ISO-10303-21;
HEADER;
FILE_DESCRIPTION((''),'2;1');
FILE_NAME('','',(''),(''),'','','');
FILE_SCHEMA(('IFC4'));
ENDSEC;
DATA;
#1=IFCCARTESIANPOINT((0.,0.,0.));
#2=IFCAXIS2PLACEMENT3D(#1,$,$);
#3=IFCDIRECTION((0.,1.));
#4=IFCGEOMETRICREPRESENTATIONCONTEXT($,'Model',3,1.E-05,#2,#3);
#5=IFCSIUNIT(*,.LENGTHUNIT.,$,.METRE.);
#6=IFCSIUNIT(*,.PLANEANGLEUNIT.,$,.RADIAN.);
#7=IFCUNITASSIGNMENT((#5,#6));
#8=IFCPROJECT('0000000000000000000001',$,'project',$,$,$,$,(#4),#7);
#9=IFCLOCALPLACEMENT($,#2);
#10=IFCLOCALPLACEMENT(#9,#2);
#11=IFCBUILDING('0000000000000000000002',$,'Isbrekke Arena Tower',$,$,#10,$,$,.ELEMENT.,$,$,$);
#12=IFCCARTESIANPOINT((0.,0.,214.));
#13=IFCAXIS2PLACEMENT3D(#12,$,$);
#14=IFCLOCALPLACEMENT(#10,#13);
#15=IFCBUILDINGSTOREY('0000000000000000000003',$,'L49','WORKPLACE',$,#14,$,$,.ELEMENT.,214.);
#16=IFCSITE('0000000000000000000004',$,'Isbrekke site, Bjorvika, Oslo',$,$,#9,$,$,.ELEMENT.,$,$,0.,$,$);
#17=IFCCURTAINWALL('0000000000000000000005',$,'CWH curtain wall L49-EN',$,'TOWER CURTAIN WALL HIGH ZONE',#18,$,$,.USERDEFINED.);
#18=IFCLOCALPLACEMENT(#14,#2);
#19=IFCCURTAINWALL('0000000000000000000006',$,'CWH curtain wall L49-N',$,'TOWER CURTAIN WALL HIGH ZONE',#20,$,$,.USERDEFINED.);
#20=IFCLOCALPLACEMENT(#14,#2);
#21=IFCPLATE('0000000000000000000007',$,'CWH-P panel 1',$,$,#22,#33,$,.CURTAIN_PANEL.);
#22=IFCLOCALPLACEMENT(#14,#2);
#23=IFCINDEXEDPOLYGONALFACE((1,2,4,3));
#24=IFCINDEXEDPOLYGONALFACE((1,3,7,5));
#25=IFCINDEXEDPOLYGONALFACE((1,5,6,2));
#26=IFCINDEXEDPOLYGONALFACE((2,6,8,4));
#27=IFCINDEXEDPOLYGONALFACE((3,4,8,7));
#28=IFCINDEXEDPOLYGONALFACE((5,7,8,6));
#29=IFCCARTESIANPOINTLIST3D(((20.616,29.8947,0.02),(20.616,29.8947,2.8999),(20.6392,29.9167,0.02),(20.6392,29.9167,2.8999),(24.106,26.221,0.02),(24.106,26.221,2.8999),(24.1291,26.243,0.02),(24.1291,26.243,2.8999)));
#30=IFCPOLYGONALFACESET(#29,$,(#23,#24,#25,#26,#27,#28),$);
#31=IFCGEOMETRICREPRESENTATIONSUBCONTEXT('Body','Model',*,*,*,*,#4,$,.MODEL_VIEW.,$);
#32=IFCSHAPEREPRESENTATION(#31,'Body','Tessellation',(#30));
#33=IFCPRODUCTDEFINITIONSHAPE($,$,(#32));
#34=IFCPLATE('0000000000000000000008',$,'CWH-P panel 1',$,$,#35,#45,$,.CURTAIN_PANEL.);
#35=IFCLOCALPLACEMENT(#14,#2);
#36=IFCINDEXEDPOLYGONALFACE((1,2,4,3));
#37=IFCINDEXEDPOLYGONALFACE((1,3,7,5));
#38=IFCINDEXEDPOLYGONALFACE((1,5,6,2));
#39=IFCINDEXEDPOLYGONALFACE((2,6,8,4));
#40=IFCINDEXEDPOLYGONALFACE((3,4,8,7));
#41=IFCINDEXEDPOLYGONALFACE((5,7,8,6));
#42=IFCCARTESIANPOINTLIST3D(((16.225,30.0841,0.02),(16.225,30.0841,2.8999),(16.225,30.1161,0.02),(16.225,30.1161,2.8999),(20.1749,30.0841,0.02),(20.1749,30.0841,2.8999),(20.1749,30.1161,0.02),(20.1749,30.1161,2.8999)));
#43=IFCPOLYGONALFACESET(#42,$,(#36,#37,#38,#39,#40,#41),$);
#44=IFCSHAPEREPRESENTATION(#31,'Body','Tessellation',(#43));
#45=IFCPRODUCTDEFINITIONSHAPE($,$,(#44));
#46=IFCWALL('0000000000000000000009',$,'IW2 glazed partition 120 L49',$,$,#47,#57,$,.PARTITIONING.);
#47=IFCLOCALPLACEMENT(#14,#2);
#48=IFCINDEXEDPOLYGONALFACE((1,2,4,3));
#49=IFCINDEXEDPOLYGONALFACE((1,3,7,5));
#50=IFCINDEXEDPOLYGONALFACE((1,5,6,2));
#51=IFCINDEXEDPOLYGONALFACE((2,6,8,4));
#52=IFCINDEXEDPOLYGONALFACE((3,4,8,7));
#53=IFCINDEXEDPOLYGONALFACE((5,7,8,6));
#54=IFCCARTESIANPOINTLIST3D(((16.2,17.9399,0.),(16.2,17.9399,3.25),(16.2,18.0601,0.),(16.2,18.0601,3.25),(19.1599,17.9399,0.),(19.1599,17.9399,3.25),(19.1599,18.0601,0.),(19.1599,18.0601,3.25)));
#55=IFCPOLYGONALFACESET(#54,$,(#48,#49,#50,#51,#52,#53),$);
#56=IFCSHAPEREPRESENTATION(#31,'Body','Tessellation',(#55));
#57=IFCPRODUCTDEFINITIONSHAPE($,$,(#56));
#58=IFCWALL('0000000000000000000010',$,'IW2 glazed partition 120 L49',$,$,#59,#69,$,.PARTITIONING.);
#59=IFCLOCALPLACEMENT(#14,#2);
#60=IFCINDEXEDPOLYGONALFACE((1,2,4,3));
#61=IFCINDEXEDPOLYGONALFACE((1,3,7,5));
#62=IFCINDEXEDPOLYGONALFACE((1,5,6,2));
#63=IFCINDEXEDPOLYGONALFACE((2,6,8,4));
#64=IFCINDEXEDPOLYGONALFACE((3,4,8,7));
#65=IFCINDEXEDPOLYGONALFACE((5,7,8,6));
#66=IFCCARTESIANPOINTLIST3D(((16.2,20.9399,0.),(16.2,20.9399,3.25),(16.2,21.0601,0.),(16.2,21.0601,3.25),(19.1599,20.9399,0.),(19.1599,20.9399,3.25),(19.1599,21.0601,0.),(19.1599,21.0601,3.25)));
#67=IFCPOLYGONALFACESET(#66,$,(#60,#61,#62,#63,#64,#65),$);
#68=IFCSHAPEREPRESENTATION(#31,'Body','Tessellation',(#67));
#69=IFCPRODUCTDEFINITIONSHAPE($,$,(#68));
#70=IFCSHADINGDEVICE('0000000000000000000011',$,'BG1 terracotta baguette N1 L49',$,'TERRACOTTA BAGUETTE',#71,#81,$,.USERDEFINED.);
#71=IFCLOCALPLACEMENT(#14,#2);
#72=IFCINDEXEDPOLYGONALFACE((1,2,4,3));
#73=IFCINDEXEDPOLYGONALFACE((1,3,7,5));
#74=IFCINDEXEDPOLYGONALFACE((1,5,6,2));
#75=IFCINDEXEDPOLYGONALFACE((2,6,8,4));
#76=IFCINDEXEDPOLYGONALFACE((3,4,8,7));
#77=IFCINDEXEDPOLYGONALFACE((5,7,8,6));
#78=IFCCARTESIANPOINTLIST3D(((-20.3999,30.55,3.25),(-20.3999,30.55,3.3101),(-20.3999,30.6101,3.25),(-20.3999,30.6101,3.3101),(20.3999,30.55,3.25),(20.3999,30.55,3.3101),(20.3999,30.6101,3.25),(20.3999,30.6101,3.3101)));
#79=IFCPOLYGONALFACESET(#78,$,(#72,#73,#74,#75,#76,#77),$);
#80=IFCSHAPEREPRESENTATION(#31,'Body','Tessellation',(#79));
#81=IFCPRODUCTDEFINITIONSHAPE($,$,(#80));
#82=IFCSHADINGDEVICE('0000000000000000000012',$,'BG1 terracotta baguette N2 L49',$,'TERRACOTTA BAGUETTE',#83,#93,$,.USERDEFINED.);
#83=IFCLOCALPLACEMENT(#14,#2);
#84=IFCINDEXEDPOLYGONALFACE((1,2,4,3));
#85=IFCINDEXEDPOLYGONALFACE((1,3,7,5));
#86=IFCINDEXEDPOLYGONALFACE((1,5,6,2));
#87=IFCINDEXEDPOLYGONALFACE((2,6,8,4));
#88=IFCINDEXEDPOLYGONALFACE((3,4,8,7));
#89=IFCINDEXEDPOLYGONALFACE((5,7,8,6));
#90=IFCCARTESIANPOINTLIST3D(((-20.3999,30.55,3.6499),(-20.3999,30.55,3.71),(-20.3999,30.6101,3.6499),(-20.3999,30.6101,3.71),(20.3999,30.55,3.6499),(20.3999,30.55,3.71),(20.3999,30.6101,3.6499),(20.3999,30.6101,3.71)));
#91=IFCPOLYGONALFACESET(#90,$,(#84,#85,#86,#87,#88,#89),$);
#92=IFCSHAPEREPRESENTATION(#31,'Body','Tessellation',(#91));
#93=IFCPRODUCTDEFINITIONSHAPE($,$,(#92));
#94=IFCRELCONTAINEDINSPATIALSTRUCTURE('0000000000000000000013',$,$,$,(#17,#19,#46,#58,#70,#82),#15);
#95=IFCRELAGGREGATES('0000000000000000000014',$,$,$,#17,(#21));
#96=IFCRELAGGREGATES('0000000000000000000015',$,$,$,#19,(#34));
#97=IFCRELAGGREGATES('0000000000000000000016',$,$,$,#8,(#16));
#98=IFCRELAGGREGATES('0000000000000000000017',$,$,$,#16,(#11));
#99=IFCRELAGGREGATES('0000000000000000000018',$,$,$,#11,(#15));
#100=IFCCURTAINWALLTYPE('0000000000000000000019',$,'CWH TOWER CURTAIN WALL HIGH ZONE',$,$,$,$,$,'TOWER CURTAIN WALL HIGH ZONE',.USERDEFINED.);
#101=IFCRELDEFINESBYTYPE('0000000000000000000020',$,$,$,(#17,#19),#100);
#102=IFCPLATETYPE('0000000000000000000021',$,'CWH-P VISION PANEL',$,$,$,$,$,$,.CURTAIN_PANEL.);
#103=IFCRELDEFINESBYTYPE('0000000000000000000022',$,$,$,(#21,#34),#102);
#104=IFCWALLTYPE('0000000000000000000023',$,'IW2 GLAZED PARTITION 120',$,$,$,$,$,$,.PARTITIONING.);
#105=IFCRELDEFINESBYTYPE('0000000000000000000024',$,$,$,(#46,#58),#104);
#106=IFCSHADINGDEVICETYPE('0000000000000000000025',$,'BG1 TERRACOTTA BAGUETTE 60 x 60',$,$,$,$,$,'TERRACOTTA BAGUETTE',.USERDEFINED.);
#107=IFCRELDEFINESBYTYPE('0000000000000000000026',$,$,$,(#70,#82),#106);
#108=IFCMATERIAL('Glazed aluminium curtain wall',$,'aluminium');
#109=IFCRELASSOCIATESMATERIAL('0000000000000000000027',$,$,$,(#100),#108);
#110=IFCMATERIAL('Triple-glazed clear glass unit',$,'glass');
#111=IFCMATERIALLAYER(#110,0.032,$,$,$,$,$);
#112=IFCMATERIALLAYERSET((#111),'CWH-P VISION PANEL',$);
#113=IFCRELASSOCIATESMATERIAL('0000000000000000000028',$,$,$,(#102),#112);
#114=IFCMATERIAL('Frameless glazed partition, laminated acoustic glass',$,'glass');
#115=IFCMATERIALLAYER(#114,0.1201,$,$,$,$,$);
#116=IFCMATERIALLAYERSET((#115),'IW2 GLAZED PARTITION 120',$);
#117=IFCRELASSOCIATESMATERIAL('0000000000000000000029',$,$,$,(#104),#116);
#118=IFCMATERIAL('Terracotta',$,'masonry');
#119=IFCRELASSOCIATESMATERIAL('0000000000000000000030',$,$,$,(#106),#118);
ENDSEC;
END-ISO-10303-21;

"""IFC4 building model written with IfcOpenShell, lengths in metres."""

from ifc_helpers import new_model, si_unit, direction, frame, frame_2d, origin, origin_2d, place, context, subcontext, project, spatial, rectangle, extrude, material, layer, layer_set, material_profile, profile_set, type_object, element, aggregate, save


model = new_model("IFC4")

# Units and contexts
model_context = context("Model", 3, precision=1e-05, world=origin(), true_north=direction((0.0, 1.0)))
body_context = subcontext(model_context, "Body", "Model", "MODEL_VIEW")
ifc_project = project(units=[si_unit("LENGTHUNIT", "METRE"), si_unit("PLANEANGLEUNIT", "RADIAN")], contexts=[model_context])

# Site, building, storey
site_placement = place(None, origin())
site = spatial("IfcSite", under=ifc_project, at=site_placement, Name="Isbrekke site, Bjorvika, Oslo", CompositionType="ELEMENT", RefElevation=0.0)
building_placement = place(site_placement, origin())
building = spatial("IfcBuilding", under=site, at=building_placement, Name="Isbrekke Arena Tower", CompositionType="ELEMENT")
storey_placement = place(building_placement, frame((0.0, 0.0, 214.0)))
storey = spatial("IfcBuildingStorey", under=building, at=storey_placement, Name="L49", Description="WORKPLACE", CompositionType="ELEMENT", Elevation=214.0)

# Shared definitions
ifc_material_1 = material(Name="Glazed aluminium curtain wall", Category="aluminium")
curtain_wall_type = type_object("IfcCurtainWallType", Name="CWH TOWER CURTAIN WALL HIGH ZONE", ElementType="TOWER CURTAIN WALL HIGH ZONE", PredefinedType="USERDEFINED", material=ifc_material_1)

# Curtain walls
curtain_wall_1_placement = place(storey_placement, origin())
curtain_wall_1 = element("IfcCurtainWall", 1, at=curtain_wall_1_placement, inside=storey, type_object=curtain_wall_type, Name="CWH curtain wall L49-EN", ObjectType="TOWER CURTAIN WALL HIGH ZONE", PredefinedType="USERDEFINED")
curtain_wall_2_placement = place(storey_placement, origin())
curtain_wall_2 = element("IfcCurtainWall", 2, at=curtain_wall_2_placement, inside=storey, type_object=curtain_wall_type, Name="CWH curtain wall L49-N", ObjectType="TOWER CURTAIN WALL HIGH ZONE", PredefinedType="USERDEFINED")

# Plates
ifc_material_2 = material(Name="Triple-glazed clear glass unit", Category="glass")
ifc_layer_1 = layer(ifc_material_2, 0.032)
ifc_layer_set_1 = layer_set([ifc_layer_1], Name="CWH-P VISION PANEL")
plate_type = type_object("IfcPlateType", Name="CWH-P VISION PANEL", PredefinedType="CURTAIN_PANEL", material=ifc_layer_set_1)
plate_1_placement = place(storey_placement, frame((22.3726, 28.0688, 0.02), z_axis=(0.0, 0.0, 1.0), x_axis=(-0.688749, 0.724999, 0.0)))
plate_1 = element("IfcPlate", 3, at=plate_1_placement, type_object=plate_type, Name="CWH-P panel 1", PredefinedType="CURTAIN_PANEL", context=body_context, shape_type="SweptSolid", body=[
    extrude(rectangle(XDim=5.0671, YDim=0.032, at=origin_2d()), origin(), (0.0, 0.0, 1.0), 2.8799),
])
aggregate(curtain_wall_1, [plate_1])
plate_2_placement = place(storey_placement, frame((18.2, 30.1001, 0.02), z_axis=(0.0, 0.0, 1.0), x_axis=(-1.0, 0.0, 0.0)))
plate_2 = element("IfcPlate", 4, at=plate_2_placement, type_object=plate_type, Name="CWH-P panel 1", PredefinedType="CURTAIN_PANEL", context=body_context, shape_type="SweptSolid", body=[
    extrude(rectangle(XDim=3.95, YDim=0.032, at=origin_2d()), origin(), (0.0, 0.0, 1.0), 2.8799),
])
aggregate(curtain_wall_2, [plate_2])

# Walls
ifc_material_3 = material(Name="Frameless glazed partition, laminated acoustic glass", Category="glass")
ifc_layer_2 = layer(ifc_material_3, 0.1201)
ifc_layer_set_2 = layer_set([ifc_layer_2], Name="IW2 GLAZED PARTITION 120")
wall_type = type_object("IfcWallType", Name="IW2 GLAZED PARTITION 120", PredefinedType="PARTITIONING", material=ifc_layer_set_2)
for number, where, z_axis, x_axis, name in (
    (5, (16.2, 18.0, 0.0), (0.0, 0.0, 1.0), (1.0, 0.0, 0.0), "IW2 glazed partition 120 L49"),
    (6, (16.2, 21.0, 0.0), (0.0, 0.0, 1.0), (1.0, 0.0, 0.0), "IW2 glazed partition 120 L49"),
):
    element("IfcWall", number, at=place(storey_placement, frame(where, z_axis=z_axis, x_axis=x_axis)), inside=storey, type_object=wall_type, Name=name, PredefinedType="PARTITIONING", context=body_context, shape_type="SweptSolid", body=[
        extrude(rectangle(XDim=2.96, YDim=0.1201, at=frame_2d((1.48, 0.0))), origin(), (0.0, 0.0, 1.0), 3.25),
    ])

# Shading devices
ifc_material_4 = material(Name="Terracotta", Category="masonry")
ifc_material_profile_1 = material_profile(ifc_material_4, rectangle(XDim=0.0601, YDim=0.0601, at=origin_2d()), Name="BAGUETTE 60X60")
ifc_profile_set_1 = profile_set([ifc_material_profile_1], Name="Terracotta")
shading_device_type = type_object("IfcShadingDeviceType", Name="BG1 TERRACOTTA BAGUETTE 60 x 60", ElementType="TERRACOTTA BAGUETTE", PredefinedType="USERDEFINED", material=ifc_profile_set_1)
for number, where, z_axis, x_axis, name in (
    (7, (20.3999, 30.5801, 3.28), (-1.0, 0.0, 0.0), (0.0, -1.0, 0.0), "BG1 terracotta baguette N1 L49"),
    (8, (20.3999, 30.5801, 3.6799), (-1.0, 0.0, 0.0), (0.0, -1.0, 0.0), "BG1 terracotta baguette N2 L49"),
):
    element("IfcShadingDevice", number, at=place(storey_placement, frame(where, z_axis=z_axis, x_axis=x_axis)), inside=storey, type_object=shading_device_type, Name=name, ObjectType="TERRACOTTA BAGUETTE", PredefinedType="USERDEFINED", context=body_context, shape_type="SweptSolid", body=[
        extrude(rectangle(XDim=0.0601, YDim=0.0601, at=origin_2d()), origin(), (0.0, 0.0, 1.0), 40.7998),
    ])

save(model, "model.ifc")
